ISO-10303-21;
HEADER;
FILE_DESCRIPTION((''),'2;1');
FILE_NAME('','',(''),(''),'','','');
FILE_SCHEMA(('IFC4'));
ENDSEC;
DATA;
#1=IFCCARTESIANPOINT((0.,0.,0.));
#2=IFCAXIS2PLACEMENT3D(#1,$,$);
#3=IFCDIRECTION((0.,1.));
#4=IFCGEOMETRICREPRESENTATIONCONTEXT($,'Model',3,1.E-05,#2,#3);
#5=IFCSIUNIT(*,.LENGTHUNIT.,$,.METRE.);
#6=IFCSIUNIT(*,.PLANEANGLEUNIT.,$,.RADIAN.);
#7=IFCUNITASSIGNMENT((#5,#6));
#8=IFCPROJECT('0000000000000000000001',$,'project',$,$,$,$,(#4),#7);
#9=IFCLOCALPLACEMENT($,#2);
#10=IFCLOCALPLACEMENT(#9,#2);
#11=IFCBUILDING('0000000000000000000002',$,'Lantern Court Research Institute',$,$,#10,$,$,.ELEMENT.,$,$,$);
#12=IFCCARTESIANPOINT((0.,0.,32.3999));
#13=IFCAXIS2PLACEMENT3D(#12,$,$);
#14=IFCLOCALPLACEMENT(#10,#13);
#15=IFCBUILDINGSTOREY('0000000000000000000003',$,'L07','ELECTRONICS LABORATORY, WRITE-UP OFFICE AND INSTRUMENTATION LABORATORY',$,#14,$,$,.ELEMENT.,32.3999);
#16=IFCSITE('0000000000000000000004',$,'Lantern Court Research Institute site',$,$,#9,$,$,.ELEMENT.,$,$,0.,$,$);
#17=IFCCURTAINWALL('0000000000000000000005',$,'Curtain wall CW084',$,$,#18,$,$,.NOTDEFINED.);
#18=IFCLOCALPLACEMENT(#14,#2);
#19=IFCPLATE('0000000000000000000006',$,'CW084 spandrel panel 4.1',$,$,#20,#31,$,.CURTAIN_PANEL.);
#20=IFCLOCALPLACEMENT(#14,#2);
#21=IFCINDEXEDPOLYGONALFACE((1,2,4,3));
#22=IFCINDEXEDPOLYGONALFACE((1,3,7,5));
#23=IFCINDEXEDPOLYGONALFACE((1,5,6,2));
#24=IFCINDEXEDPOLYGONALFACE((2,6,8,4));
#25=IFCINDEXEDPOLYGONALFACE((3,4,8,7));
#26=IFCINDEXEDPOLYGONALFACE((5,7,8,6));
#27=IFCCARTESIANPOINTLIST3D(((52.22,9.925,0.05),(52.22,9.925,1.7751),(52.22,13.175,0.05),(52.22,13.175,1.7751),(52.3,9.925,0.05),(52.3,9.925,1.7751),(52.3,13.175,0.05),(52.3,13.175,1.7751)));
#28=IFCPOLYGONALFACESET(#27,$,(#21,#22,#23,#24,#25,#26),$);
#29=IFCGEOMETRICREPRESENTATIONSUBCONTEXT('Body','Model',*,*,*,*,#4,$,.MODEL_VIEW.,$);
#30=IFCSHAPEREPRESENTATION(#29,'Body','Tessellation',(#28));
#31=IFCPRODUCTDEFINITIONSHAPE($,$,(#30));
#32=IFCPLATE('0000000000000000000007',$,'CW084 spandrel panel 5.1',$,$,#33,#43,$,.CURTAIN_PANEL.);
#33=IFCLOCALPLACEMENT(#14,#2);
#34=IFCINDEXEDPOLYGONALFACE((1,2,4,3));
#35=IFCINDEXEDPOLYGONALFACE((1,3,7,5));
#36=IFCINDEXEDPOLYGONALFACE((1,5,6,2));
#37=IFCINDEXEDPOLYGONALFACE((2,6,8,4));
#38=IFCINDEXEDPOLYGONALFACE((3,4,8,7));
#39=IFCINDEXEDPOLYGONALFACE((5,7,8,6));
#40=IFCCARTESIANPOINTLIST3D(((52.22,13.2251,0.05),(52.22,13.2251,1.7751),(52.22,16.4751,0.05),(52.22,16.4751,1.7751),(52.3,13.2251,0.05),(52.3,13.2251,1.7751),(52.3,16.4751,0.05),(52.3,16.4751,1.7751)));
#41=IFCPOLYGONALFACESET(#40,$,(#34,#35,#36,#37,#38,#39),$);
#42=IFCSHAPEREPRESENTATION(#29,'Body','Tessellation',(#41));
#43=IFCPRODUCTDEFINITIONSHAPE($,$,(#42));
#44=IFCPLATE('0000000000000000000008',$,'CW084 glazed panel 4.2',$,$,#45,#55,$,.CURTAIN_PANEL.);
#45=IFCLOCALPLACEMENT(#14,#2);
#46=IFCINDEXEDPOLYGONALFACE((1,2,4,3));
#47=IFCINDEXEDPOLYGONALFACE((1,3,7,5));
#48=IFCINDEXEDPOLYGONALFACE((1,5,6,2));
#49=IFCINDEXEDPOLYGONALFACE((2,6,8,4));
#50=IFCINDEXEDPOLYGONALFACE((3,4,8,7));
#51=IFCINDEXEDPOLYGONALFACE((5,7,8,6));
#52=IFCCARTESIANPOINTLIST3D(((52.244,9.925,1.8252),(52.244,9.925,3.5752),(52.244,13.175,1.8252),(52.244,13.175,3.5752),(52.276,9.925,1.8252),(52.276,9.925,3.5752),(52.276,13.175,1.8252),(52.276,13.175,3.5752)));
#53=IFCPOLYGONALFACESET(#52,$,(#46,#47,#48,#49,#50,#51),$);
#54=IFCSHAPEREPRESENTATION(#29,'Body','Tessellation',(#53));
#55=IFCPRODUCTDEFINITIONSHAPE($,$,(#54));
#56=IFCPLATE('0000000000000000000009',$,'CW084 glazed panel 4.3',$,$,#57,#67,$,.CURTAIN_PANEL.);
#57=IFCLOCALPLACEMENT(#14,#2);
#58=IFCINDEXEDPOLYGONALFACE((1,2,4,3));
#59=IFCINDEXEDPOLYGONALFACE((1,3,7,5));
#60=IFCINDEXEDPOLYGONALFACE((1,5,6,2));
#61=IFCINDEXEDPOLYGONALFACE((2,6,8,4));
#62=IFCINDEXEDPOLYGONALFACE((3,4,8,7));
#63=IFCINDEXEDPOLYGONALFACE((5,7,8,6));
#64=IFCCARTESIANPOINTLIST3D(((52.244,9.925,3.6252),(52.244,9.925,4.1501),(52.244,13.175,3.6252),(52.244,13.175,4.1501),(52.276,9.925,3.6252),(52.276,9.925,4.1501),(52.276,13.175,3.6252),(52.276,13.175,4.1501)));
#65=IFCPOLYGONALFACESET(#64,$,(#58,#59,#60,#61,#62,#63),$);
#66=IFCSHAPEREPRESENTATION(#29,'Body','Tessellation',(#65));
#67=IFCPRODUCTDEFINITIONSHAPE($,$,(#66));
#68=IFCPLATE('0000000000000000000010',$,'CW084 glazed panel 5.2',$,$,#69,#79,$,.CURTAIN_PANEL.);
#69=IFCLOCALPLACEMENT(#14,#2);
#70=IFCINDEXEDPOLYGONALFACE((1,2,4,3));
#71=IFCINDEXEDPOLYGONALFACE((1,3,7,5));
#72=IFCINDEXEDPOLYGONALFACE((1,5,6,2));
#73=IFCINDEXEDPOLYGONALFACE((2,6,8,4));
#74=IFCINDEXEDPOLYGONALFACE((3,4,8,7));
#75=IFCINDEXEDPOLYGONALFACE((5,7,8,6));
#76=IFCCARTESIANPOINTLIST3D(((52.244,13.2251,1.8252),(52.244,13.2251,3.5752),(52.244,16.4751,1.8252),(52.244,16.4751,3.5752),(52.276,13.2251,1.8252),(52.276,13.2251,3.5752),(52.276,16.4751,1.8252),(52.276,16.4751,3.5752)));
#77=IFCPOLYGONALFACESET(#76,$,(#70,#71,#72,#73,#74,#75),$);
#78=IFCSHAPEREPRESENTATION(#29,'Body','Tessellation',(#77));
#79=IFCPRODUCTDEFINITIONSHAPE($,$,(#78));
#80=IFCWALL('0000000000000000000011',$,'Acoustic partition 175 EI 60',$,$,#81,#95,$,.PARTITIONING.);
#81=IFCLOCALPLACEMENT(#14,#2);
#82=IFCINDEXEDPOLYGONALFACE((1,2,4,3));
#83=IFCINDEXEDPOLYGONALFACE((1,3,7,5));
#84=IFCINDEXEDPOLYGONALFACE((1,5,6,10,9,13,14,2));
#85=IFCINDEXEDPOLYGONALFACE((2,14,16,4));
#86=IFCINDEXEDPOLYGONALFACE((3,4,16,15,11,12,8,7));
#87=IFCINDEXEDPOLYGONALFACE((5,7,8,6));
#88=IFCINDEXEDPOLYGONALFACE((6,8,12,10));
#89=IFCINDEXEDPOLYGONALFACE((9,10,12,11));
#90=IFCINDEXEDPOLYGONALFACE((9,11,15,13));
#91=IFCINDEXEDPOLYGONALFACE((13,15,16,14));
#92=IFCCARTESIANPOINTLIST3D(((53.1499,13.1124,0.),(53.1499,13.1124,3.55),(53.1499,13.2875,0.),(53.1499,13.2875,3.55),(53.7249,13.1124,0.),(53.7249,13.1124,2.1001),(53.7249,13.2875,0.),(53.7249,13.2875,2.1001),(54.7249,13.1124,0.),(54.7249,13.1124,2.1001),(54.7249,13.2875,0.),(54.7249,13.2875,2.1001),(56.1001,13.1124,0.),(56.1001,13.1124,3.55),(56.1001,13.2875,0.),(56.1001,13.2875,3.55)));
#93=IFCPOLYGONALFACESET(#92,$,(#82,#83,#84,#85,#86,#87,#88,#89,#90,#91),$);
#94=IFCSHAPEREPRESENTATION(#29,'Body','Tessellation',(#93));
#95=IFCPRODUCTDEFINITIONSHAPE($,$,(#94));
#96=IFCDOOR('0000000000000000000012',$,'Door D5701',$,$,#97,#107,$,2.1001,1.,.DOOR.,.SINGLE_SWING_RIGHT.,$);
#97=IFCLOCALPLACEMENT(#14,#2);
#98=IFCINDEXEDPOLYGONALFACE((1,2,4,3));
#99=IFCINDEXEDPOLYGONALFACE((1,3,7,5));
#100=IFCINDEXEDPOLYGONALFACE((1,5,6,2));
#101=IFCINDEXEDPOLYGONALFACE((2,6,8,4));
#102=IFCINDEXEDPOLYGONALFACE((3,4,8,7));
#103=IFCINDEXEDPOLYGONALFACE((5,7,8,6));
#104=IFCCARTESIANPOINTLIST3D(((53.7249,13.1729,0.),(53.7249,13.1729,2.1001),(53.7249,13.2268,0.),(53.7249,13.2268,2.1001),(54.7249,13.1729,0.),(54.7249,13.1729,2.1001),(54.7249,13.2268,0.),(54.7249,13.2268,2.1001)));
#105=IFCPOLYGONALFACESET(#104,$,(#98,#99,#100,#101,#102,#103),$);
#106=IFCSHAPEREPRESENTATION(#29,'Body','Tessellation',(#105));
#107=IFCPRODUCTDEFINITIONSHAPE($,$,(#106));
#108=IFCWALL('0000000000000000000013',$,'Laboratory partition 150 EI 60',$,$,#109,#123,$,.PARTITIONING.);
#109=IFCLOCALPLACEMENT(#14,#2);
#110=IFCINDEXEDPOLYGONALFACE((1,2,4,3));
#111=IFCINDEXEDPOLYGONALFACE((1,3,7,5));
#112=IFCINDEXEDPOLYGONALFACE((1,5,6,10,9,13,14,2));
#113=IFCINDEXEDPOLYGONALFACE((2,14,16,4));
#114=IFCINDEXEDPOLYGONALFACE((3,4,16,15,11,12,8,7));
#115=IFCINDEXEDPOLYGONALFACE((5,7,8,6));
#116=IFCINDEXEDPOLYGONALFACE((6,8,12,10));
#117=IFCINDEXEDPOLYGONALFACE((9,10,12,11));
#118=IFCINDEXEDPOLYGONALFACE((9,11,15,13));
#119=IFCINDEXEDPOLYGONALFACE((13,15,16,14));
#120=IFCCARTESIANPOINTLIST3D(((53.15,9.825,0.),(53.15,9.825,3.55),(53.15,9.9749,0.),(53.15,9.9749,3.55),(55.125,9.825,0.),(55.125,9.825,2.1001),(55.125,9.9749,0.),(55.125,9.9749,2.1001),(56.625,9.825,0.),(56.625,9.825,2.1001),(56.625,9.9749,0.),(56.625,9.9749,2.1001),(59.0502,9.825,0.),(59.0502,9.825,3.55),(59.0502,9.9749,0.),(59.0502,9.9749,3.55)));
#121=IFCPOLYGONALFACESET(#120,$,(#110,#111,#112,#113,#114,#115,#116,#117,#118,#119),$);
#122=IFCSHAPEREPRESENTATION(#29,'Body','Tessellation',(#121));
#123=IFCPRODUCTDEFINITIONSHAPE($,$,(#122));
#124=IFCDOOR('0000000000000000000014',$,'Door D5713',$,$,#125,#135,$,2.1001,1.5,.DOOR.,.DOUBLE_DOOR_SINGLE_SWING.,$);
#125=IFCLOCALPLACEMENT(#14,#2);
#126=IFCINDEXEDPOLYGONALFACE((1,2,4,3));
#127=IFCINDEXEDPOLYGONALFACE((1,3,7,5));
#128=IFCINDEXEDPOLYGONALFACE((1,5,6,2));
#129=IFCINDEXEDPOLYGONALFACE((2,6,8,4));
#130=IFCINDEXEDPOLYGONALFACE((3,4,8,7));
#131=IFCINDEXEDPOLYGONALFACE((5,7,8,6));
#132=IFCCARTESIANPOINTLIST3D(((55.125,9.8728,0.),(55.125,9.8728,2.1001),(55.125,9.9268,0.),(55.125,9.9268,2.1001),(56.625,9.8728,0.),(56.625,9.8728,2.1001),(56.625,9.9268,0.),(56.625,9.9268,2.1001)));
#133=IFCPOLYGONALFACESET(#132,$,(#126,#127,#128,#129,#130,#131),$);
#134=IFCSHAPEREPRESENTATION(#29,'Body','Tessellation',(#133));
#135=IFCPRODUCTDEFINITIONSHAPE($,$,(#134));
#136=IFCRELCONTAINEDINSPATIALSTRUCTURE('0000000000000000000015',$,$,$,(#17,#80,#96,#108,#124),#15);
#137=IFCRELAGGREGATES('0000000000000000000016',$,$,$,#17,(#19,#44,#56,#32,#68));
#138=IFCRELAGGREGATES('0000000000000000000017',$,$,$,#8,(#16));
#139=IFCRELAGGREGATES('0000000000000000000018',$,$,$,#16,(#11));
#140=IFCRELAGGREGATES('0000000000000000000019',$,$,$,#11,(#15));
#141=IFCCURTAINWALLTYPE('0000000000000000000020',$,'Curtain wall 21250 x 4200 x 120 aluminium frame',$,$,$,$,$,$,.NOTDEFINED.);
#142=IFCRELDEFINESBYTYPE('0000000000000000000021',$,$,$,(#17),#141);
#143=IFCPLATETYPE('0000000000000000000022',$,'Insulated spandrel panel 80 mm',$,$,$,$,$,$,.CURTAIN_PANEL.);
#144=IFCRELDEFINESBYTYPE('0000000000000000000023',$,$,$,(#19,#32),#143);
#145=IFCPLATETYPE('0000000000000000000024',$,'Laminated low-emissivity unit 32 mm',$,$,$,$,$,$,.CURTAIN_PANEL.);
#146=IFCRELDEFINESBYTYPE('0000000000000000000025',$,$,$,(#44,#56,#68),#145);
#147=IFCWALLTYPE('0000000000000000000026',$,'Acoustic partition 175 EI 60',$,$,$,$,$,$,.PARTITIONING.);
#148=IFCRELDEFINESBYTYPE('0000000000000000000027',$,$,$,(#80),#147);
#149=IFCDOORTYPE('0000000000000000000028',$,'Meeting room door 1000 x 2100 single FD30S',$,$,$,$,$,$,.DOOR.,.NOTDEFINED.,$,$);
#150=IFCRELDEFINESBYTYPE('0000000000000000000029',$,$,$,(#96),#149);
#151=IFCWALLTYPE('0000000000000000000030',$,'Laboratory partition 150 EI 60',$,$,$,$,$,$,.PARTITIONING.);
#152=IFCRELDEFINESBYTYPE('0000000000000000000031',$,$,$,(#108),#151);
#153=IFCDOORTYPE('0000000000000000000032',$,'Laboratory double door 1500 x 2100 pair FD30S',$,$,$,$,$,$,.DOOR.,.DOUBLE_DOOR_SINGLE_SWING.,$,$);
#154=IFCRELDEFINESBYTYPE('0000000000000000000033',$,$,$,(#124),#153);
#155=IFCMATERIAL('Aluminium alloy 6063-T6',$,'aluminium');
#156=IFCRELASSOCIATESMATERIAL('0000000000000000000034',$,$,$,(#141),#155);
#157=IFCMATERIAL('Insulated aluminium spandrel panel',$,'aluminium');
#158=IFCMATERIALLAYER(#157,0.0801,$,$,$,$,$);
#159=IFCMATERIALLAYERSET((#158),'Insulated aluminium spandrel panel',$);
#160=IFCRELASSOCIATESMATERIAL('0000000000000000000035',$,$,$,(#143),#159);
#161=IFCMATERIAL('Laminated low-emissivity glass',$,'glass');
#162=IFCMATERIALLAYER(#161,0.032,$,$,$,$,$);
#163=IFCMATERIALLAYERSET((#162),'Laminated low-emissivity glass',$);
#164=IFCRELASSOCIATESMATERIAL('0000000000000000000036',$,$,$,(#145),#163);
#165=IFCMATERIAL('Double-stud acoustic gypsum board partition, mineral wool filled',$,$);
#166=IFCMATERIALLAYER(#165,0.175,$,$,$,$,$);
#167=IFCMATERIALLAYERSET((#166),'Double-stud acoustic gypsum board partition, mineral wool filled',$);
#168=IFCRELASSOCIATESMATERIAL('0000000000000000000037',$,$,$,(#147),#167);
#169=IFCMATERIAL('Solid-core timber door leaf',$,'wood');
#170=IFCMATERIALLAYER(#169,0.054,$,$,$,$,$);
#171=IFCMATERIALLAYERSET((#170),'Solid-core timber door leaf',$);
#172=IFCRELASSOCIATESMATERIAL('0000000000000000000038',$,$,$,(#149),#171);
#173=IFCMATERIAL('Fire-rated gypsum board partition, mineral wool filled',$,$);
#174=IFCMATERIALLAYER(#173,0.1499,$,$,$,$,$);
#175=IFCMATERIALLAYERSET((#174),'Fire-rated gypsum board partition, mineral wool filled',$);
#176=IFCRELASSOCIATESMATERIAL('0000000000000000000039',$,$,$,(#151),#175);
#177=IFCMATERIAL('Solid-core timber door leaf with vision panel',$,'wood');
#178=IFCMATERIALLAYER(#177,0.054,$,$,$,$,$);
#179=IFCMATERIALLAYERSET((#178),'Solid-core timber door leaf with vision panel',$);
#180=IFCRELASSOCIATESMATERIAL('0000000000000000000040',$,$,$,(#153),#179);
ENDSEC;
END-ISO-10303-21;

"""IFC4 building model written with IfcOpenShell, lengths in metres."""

from ifc_helpers import new_model, si_unit, direction, frame, frame_2d, origin, origin_2d, place, context, subcontext, project, spatial, rectangle, extrude, material, layer, layer_set, type_object, element, fill, aggregate, save


model = new_model("IFC4")

# Units and contexts
model_context = context("Model", 3, precision=1e-05, world=origin(), true_north=direction((0.0, 1.0)))
body_context = subcontext(model_context, "Body", "Model", "MODEL_VIEW")
ifc_project = project(units=[si_unit("LENGTHUNIT", "METRE"), si_unit("PLANEANGLEUNIT", "RADIAN")], contexts=[model_context])

# Site, building, storey
site_placement = place(None, origin())
site = spatial("IfcSite", under=ifc_project, at=site_placement, Name="Lantern Court Research Institute site", CompositionType="ELEMENT", RefElevation=0.0)
building_placement = place(site_placement, origin())
building = spatial("IfcBuilding", under=site, at=building_placement, Name="Lantern Court Research Institute", CompositionType="ELEMENT")
storey_placement = place(building_placement, frame((0.0, 0.0, 32.3999)))
storey = spatial("IfcBuildingStorey", under=building, at=storey_placement, Name="L07", Description="ELECTRONICS LABORATORY, WRITE-UP OFFICE AND INSTRUMENTATION LABORATORY", CompositionType="ELEMENT", Elevation=32.3999)

# Curtain wall, plates
ifc_material_1 = material(Name="Aluminium alloy 6063-T6", Category="aluminium")
curtain_wall_type = type_object("IfcCurtainWallType", Name="Curtain wall 21250 x 4200 x 120 aluminium frame", PredefinedType="NOTDEFINED", material=ifc_material_1)
curtain_wall_placement = place(storey_placement, origin())
curtain_wall = element("IfcCurtainWall", 1, at=curtain_wall_placement, inside=storey, type_object=curtain_wall_type, Name="Curtain wall CW084", PredefinedType="NOTDEFINED")
ifc_material_2 = material(Name="Insulated aluminium spandrel panel", Category="aluminium")
ifc_layer_1 = layer(ifc_material_2, 0.0801)
ifc_layer_set_1 = layer_set([ifc_layer_1], Name="Insulated aluminium spandrel panel")
plate_type_1 = type_object("IfcPlateType", Name="Insulated spandrel panel 80 mm", PredefinedType="CURTAIN_PANEL", material=ifc_layer_set_1)
plate_1_placement = place(storey_placement, frame((52.26, 11.55, 0.05), z_axis=(0.0, 0.0, 1.0), x_axis=(0.0, 1.0, 0.0)))
plate_1 = element("IfcPlate", 2, at=plate_1_placement, type_object=plate_type_1, Name="CW084 spandrel panel 4.1", PredefinedType="CURTAIN_PANEL", context=body_context, shape_type="SweptSolid", body=[
    extrude(rectangle(XDim=3.25, YDim=0.0801, at=origin_2d()), origin(), (0.0, 0.0, 1.0), 1.7251),
])
plate_2_placement = place(storey_placement, frame((52.26, 14.8501, 0.05), z_axis=(0.0, 0.0, 1.0), x_axis=(0.0, 1.0, 0.0)))
plate_2 = element("IfcPlate", 3, at=plate_2_placement, type_object=plate_type_1, Name="CW084 spandrel panel 5.1", PredefinedType="CURTAIN_PANEL", context=body_context, shape_type="SweptSolid", body=[
    extrude(rectangle(XDim=3.25, YDim=0.0801, at=origin_2d()), origin(), (0.0, 0.0, 1.0), 1.7251),
])
ifc_material_3 = material(Name="Laminated low-emissivity glass", Category="glass")
ifc_layer_2 = layer(ifc_material_3, 0.032)
ifc_layer_set_2 = layer_set([ifc_layer_2], Name="Laminated low-emissivity glass")
plate_type_2 = type_object("IfcPlateType", Name="Laminated low-emissivity unit 32 mm", PredefinedType="CURTAIN_PANEL", material=ifc_layer_set_2)
plate_3_placement = place(storey_placement, frame((52.26, 11.55, 1.8252), z_axis=(0.0, 0.0, 1.0), x_axis=(0.0, 1.0, 0.0)))
plate_3 = element("IfcPlate", 4, at=plate_3_placement, type_object=plate_type_2, Name="CW084 glazed panel 4.2", PredefinedType="CURTAIN_PANEL", context=body_context, shape_type="SweptSolid", body=[
    extrude(rectangle(XDim=3.25, YDim=0.032, at=origin_2d()), origin(), (0.0, 0.0, 1.0), 1.75),
])
plate_4_placement = place(storey_placement, frame((52.26, 11.55, 3.6252), z_axis=(0.0, 0.0, 1.0), x_axis=(0.0, 1.0, 0.0)))
plate_4 = element("IfcPlate", 5, at=plate_4_placement, type_object=plate_type_2, Name="CW084 glazed panel 4.3", PredefinedType="CURTAIN_PANEL", context=body_context, shape_type="SweptSolid", body=[
    extrude(rectangle(XDim=3.25, YDim=0.032, at=origin_2d()), origin(), (0.0, 0.0, 1.0), 0.5249),
])
plate_5_placement = place(storey_placement, frame((52.26, 14.8501, 1.8252), z_axis=(0.0, 0.0, 1.0), x_axis=(0.0, 1.0, 0.0)))
plate_5 = element("IfcPlate", 6, at=plate_5_placement, type_object=plate_type_2, Name="CW084 glazed panel 5.2", PredefinedType="CURTAIN_PANEL", context=body_context, shape_type="SweptSolid", body=[
    extrude(rectangle(XDim=3.25, YDim=0.032, at=origin_2d()), origin(), (0.0, 0.0, 1.0), 1.75),
])
aggregate(curtain_wall, [plate_1, plate_3, plate_4, plate_2, plate_5])

# Walls, openings, doors
ifc_material_4 = material(Name="Double-stud acoustic gypsum board partition, mineral wool filled")
ifc_layer_3 = layer(ifc_material_4, 0.175)
ifc_layer_set_3 = layer_set([ifc_layer_3], Name="Double-stud acoustic gypsum board partition, mineral wool filled")
wall_type_1 = type_object("IfcWallType", Name="Acoustic partition 175 EI 60", PredefinedType="PARTITIONING", material=ifc_layer_set_3)
wall_1_placement = place(storey_placement, frame((53.1499, 13.2, 0.0), z_axis=(0.0, 0.0, 1.0), x_axis=(1.0, 0.0, 0.0)))
wall_1 = element("IfcWall", 7, at=wall_1_placement, inside=storey, type_object=wall_type_1, Name="Acoustic partition 175 EI 60", PredefinedType="PARTITIONING", context=body_context, shape_type="SweptSolid", body=[
    extrude(rectangle(XDim=2.9502, YDim=0.175, at=frame_2d((1.4751, 0.0))), origin(), (0.0, 0.0, 1.0), 3.55),
])
opening_1_placement = place(wall_1_placement, frame((0.575, 0.0, 0.0)))
opening_1 = element("IfcOpeningElement", 8, at=opening_1_placement, cuts=wall_1, PredefinedType="OPENING", context=body_context, shape_type="SweptSolid", body=[
    extrude(rectangle(XDim=1.0, YDim=2.1001, at=frame_2d((0.5, 1.05))), frame((0.0, 0.0974, 0.0), z_axis=(0.0, -1.0, 0.0), x_axis=(1.0, 0.0, 0.0)), (0.0, 0.0, 1.0), 0.1951),
])
ifc_material_5 = material(Name="Solid-core timber door leaf", Category="wood")
ifc_layer_4 = layer(ifc_material_5, 0.054)
ifc_layer_set_4 = layer_set([ifc_layer_4], Name="Solid-core timber door leaf")
door_type_1 = type_object("IfcDoorType", Name="Meeting room door 1000 x 2100 single FD30S", OperationType="NOTDEFINED", PredefinedType="DOOR", material=ifc_layer_set_4)
door_1_placement = place(opening_1_placement, origin())
door_1 = element("IfcDoor", 9, at=door_1_placement, inside=storey, type_object=door_type_1, Name="Door D5701", OperationType="SINGLE_SWING_RIGHT", OverallHeight=2.1001, OverallWidth=1.0, PredefinedType="DOOR", context=body_context, shape_type="SweptSolid", body=[
    extrude(rectangle(XDim=1.0, YDim=2.1001, at=frame_2d((0.5, 1.05))), frame((0.0, 0.0269, 0.0), z_axis=(0.0, -1.0, 0.0), x_axis=(1.0, 0.0, 0.0)), (0.0, 0.0, 1.0), 0.054),
])
fill(opening_1, door_1)
ifc_material_6 = material(Name="Fire-rated gypsum board partition, mineral wool filled")
ifc_layer_5 = layer(ifc_material_6, 0.1499)
ifc_layer_set_5 = layer_set([ifc_layer_5], Name="Fire-rated gypsum board partition, mineral wool filled")
wall_type_2 = type_object("IfcWallType", Name="Laboratory partition 150 EI 60", PredefinedType="PARTITIONING", material=ifc_layer_set_5)
wall_2_placement = place(storey_placement, frame((53.1499, 9.8999, 0.0), z_axis=(0.0, 0.0, 1.0), x_axis=(1.0, 0.0, 0.0)))
wall_2 = element("IfcWall", 10, at=wall_2_placement, inside=storey, type_object=wall_type_2, Name="Laboratory partition 150 EI 60", PredefinedType="PARTITIONING", context=body_context, shape_type="SweptSolid", body=[
    extrude(rectangle(XDim=5.9001, YDim=0.1499, at=frame_2d((2.9502, 0.0))), origin(), (0.0, 0.0, 1.0), 3.55),
])
opening_2_placement = place(wall_2_placement, frame((1.9751, 0.0, 0.0)))
opening_2 = element("IfcOpeningElement", 11, at=opening_2_placement, cuts=wall_2, PredefinedType="OPENING", context=body_context, shape_type="SweptSolid", body=[
    extrude(rectangle(XDim=1.5, YDim=2.1001, at=frame_2d((0.75, 1.05))), frame((0.0, 0.085, 0.0), z_axis=(0.0, -1.0, 0.0), x_axis=(1.0, 0.0, 0.0)), (0.0, 0.0, 1.0), 0.1699),
])
ifc_material_7 = material(Name="Solid-core timber door leaf with vision panel", Category="wood")
ifc_layer_6 = layer(ifc_material_7, 0.054)
ifc_layer_set_6 = layer_set([ifc_layer_6], Name="Solid-core timber door leaf with vision panel")
door_type_2 = type_object("IfcDoorType", Name="Laboratory double door 1500 x 2100 pair FD30S", OperationType="DOUBLE_DOOR_SINGLE_SWING", PredefinedType="DOOR", material=ifc_layer_set_6)
door_2_placement = place(opening_2_placement, origin())
door_2 = element("IfcDoor", 12, at=door_2_placement, inside=storey, type_object=door_type_2, Name="Door D5713", OperationType="DOUBLE_DOOR_SINGLE_SWING", OverallHeight=2.1001, OverallWidth=1.5, PredefinedType="DOOR", context=body_context, shape_type="SweptSolid", body=[
    extrude(rectangle(XDim=1.5, YDim=2.1001, at=frame_2d((0.75, 1.05))), frame((0.0, 0.0269, 0.0), z_axis=(0.0, -1.0, 0.0), x_axis=(1.0, 0.0, 0.0)), (0.0, 0.0, 1.0), 0.054),
])
fill(opening_2, door_2)

save(model, "model.ifc")
